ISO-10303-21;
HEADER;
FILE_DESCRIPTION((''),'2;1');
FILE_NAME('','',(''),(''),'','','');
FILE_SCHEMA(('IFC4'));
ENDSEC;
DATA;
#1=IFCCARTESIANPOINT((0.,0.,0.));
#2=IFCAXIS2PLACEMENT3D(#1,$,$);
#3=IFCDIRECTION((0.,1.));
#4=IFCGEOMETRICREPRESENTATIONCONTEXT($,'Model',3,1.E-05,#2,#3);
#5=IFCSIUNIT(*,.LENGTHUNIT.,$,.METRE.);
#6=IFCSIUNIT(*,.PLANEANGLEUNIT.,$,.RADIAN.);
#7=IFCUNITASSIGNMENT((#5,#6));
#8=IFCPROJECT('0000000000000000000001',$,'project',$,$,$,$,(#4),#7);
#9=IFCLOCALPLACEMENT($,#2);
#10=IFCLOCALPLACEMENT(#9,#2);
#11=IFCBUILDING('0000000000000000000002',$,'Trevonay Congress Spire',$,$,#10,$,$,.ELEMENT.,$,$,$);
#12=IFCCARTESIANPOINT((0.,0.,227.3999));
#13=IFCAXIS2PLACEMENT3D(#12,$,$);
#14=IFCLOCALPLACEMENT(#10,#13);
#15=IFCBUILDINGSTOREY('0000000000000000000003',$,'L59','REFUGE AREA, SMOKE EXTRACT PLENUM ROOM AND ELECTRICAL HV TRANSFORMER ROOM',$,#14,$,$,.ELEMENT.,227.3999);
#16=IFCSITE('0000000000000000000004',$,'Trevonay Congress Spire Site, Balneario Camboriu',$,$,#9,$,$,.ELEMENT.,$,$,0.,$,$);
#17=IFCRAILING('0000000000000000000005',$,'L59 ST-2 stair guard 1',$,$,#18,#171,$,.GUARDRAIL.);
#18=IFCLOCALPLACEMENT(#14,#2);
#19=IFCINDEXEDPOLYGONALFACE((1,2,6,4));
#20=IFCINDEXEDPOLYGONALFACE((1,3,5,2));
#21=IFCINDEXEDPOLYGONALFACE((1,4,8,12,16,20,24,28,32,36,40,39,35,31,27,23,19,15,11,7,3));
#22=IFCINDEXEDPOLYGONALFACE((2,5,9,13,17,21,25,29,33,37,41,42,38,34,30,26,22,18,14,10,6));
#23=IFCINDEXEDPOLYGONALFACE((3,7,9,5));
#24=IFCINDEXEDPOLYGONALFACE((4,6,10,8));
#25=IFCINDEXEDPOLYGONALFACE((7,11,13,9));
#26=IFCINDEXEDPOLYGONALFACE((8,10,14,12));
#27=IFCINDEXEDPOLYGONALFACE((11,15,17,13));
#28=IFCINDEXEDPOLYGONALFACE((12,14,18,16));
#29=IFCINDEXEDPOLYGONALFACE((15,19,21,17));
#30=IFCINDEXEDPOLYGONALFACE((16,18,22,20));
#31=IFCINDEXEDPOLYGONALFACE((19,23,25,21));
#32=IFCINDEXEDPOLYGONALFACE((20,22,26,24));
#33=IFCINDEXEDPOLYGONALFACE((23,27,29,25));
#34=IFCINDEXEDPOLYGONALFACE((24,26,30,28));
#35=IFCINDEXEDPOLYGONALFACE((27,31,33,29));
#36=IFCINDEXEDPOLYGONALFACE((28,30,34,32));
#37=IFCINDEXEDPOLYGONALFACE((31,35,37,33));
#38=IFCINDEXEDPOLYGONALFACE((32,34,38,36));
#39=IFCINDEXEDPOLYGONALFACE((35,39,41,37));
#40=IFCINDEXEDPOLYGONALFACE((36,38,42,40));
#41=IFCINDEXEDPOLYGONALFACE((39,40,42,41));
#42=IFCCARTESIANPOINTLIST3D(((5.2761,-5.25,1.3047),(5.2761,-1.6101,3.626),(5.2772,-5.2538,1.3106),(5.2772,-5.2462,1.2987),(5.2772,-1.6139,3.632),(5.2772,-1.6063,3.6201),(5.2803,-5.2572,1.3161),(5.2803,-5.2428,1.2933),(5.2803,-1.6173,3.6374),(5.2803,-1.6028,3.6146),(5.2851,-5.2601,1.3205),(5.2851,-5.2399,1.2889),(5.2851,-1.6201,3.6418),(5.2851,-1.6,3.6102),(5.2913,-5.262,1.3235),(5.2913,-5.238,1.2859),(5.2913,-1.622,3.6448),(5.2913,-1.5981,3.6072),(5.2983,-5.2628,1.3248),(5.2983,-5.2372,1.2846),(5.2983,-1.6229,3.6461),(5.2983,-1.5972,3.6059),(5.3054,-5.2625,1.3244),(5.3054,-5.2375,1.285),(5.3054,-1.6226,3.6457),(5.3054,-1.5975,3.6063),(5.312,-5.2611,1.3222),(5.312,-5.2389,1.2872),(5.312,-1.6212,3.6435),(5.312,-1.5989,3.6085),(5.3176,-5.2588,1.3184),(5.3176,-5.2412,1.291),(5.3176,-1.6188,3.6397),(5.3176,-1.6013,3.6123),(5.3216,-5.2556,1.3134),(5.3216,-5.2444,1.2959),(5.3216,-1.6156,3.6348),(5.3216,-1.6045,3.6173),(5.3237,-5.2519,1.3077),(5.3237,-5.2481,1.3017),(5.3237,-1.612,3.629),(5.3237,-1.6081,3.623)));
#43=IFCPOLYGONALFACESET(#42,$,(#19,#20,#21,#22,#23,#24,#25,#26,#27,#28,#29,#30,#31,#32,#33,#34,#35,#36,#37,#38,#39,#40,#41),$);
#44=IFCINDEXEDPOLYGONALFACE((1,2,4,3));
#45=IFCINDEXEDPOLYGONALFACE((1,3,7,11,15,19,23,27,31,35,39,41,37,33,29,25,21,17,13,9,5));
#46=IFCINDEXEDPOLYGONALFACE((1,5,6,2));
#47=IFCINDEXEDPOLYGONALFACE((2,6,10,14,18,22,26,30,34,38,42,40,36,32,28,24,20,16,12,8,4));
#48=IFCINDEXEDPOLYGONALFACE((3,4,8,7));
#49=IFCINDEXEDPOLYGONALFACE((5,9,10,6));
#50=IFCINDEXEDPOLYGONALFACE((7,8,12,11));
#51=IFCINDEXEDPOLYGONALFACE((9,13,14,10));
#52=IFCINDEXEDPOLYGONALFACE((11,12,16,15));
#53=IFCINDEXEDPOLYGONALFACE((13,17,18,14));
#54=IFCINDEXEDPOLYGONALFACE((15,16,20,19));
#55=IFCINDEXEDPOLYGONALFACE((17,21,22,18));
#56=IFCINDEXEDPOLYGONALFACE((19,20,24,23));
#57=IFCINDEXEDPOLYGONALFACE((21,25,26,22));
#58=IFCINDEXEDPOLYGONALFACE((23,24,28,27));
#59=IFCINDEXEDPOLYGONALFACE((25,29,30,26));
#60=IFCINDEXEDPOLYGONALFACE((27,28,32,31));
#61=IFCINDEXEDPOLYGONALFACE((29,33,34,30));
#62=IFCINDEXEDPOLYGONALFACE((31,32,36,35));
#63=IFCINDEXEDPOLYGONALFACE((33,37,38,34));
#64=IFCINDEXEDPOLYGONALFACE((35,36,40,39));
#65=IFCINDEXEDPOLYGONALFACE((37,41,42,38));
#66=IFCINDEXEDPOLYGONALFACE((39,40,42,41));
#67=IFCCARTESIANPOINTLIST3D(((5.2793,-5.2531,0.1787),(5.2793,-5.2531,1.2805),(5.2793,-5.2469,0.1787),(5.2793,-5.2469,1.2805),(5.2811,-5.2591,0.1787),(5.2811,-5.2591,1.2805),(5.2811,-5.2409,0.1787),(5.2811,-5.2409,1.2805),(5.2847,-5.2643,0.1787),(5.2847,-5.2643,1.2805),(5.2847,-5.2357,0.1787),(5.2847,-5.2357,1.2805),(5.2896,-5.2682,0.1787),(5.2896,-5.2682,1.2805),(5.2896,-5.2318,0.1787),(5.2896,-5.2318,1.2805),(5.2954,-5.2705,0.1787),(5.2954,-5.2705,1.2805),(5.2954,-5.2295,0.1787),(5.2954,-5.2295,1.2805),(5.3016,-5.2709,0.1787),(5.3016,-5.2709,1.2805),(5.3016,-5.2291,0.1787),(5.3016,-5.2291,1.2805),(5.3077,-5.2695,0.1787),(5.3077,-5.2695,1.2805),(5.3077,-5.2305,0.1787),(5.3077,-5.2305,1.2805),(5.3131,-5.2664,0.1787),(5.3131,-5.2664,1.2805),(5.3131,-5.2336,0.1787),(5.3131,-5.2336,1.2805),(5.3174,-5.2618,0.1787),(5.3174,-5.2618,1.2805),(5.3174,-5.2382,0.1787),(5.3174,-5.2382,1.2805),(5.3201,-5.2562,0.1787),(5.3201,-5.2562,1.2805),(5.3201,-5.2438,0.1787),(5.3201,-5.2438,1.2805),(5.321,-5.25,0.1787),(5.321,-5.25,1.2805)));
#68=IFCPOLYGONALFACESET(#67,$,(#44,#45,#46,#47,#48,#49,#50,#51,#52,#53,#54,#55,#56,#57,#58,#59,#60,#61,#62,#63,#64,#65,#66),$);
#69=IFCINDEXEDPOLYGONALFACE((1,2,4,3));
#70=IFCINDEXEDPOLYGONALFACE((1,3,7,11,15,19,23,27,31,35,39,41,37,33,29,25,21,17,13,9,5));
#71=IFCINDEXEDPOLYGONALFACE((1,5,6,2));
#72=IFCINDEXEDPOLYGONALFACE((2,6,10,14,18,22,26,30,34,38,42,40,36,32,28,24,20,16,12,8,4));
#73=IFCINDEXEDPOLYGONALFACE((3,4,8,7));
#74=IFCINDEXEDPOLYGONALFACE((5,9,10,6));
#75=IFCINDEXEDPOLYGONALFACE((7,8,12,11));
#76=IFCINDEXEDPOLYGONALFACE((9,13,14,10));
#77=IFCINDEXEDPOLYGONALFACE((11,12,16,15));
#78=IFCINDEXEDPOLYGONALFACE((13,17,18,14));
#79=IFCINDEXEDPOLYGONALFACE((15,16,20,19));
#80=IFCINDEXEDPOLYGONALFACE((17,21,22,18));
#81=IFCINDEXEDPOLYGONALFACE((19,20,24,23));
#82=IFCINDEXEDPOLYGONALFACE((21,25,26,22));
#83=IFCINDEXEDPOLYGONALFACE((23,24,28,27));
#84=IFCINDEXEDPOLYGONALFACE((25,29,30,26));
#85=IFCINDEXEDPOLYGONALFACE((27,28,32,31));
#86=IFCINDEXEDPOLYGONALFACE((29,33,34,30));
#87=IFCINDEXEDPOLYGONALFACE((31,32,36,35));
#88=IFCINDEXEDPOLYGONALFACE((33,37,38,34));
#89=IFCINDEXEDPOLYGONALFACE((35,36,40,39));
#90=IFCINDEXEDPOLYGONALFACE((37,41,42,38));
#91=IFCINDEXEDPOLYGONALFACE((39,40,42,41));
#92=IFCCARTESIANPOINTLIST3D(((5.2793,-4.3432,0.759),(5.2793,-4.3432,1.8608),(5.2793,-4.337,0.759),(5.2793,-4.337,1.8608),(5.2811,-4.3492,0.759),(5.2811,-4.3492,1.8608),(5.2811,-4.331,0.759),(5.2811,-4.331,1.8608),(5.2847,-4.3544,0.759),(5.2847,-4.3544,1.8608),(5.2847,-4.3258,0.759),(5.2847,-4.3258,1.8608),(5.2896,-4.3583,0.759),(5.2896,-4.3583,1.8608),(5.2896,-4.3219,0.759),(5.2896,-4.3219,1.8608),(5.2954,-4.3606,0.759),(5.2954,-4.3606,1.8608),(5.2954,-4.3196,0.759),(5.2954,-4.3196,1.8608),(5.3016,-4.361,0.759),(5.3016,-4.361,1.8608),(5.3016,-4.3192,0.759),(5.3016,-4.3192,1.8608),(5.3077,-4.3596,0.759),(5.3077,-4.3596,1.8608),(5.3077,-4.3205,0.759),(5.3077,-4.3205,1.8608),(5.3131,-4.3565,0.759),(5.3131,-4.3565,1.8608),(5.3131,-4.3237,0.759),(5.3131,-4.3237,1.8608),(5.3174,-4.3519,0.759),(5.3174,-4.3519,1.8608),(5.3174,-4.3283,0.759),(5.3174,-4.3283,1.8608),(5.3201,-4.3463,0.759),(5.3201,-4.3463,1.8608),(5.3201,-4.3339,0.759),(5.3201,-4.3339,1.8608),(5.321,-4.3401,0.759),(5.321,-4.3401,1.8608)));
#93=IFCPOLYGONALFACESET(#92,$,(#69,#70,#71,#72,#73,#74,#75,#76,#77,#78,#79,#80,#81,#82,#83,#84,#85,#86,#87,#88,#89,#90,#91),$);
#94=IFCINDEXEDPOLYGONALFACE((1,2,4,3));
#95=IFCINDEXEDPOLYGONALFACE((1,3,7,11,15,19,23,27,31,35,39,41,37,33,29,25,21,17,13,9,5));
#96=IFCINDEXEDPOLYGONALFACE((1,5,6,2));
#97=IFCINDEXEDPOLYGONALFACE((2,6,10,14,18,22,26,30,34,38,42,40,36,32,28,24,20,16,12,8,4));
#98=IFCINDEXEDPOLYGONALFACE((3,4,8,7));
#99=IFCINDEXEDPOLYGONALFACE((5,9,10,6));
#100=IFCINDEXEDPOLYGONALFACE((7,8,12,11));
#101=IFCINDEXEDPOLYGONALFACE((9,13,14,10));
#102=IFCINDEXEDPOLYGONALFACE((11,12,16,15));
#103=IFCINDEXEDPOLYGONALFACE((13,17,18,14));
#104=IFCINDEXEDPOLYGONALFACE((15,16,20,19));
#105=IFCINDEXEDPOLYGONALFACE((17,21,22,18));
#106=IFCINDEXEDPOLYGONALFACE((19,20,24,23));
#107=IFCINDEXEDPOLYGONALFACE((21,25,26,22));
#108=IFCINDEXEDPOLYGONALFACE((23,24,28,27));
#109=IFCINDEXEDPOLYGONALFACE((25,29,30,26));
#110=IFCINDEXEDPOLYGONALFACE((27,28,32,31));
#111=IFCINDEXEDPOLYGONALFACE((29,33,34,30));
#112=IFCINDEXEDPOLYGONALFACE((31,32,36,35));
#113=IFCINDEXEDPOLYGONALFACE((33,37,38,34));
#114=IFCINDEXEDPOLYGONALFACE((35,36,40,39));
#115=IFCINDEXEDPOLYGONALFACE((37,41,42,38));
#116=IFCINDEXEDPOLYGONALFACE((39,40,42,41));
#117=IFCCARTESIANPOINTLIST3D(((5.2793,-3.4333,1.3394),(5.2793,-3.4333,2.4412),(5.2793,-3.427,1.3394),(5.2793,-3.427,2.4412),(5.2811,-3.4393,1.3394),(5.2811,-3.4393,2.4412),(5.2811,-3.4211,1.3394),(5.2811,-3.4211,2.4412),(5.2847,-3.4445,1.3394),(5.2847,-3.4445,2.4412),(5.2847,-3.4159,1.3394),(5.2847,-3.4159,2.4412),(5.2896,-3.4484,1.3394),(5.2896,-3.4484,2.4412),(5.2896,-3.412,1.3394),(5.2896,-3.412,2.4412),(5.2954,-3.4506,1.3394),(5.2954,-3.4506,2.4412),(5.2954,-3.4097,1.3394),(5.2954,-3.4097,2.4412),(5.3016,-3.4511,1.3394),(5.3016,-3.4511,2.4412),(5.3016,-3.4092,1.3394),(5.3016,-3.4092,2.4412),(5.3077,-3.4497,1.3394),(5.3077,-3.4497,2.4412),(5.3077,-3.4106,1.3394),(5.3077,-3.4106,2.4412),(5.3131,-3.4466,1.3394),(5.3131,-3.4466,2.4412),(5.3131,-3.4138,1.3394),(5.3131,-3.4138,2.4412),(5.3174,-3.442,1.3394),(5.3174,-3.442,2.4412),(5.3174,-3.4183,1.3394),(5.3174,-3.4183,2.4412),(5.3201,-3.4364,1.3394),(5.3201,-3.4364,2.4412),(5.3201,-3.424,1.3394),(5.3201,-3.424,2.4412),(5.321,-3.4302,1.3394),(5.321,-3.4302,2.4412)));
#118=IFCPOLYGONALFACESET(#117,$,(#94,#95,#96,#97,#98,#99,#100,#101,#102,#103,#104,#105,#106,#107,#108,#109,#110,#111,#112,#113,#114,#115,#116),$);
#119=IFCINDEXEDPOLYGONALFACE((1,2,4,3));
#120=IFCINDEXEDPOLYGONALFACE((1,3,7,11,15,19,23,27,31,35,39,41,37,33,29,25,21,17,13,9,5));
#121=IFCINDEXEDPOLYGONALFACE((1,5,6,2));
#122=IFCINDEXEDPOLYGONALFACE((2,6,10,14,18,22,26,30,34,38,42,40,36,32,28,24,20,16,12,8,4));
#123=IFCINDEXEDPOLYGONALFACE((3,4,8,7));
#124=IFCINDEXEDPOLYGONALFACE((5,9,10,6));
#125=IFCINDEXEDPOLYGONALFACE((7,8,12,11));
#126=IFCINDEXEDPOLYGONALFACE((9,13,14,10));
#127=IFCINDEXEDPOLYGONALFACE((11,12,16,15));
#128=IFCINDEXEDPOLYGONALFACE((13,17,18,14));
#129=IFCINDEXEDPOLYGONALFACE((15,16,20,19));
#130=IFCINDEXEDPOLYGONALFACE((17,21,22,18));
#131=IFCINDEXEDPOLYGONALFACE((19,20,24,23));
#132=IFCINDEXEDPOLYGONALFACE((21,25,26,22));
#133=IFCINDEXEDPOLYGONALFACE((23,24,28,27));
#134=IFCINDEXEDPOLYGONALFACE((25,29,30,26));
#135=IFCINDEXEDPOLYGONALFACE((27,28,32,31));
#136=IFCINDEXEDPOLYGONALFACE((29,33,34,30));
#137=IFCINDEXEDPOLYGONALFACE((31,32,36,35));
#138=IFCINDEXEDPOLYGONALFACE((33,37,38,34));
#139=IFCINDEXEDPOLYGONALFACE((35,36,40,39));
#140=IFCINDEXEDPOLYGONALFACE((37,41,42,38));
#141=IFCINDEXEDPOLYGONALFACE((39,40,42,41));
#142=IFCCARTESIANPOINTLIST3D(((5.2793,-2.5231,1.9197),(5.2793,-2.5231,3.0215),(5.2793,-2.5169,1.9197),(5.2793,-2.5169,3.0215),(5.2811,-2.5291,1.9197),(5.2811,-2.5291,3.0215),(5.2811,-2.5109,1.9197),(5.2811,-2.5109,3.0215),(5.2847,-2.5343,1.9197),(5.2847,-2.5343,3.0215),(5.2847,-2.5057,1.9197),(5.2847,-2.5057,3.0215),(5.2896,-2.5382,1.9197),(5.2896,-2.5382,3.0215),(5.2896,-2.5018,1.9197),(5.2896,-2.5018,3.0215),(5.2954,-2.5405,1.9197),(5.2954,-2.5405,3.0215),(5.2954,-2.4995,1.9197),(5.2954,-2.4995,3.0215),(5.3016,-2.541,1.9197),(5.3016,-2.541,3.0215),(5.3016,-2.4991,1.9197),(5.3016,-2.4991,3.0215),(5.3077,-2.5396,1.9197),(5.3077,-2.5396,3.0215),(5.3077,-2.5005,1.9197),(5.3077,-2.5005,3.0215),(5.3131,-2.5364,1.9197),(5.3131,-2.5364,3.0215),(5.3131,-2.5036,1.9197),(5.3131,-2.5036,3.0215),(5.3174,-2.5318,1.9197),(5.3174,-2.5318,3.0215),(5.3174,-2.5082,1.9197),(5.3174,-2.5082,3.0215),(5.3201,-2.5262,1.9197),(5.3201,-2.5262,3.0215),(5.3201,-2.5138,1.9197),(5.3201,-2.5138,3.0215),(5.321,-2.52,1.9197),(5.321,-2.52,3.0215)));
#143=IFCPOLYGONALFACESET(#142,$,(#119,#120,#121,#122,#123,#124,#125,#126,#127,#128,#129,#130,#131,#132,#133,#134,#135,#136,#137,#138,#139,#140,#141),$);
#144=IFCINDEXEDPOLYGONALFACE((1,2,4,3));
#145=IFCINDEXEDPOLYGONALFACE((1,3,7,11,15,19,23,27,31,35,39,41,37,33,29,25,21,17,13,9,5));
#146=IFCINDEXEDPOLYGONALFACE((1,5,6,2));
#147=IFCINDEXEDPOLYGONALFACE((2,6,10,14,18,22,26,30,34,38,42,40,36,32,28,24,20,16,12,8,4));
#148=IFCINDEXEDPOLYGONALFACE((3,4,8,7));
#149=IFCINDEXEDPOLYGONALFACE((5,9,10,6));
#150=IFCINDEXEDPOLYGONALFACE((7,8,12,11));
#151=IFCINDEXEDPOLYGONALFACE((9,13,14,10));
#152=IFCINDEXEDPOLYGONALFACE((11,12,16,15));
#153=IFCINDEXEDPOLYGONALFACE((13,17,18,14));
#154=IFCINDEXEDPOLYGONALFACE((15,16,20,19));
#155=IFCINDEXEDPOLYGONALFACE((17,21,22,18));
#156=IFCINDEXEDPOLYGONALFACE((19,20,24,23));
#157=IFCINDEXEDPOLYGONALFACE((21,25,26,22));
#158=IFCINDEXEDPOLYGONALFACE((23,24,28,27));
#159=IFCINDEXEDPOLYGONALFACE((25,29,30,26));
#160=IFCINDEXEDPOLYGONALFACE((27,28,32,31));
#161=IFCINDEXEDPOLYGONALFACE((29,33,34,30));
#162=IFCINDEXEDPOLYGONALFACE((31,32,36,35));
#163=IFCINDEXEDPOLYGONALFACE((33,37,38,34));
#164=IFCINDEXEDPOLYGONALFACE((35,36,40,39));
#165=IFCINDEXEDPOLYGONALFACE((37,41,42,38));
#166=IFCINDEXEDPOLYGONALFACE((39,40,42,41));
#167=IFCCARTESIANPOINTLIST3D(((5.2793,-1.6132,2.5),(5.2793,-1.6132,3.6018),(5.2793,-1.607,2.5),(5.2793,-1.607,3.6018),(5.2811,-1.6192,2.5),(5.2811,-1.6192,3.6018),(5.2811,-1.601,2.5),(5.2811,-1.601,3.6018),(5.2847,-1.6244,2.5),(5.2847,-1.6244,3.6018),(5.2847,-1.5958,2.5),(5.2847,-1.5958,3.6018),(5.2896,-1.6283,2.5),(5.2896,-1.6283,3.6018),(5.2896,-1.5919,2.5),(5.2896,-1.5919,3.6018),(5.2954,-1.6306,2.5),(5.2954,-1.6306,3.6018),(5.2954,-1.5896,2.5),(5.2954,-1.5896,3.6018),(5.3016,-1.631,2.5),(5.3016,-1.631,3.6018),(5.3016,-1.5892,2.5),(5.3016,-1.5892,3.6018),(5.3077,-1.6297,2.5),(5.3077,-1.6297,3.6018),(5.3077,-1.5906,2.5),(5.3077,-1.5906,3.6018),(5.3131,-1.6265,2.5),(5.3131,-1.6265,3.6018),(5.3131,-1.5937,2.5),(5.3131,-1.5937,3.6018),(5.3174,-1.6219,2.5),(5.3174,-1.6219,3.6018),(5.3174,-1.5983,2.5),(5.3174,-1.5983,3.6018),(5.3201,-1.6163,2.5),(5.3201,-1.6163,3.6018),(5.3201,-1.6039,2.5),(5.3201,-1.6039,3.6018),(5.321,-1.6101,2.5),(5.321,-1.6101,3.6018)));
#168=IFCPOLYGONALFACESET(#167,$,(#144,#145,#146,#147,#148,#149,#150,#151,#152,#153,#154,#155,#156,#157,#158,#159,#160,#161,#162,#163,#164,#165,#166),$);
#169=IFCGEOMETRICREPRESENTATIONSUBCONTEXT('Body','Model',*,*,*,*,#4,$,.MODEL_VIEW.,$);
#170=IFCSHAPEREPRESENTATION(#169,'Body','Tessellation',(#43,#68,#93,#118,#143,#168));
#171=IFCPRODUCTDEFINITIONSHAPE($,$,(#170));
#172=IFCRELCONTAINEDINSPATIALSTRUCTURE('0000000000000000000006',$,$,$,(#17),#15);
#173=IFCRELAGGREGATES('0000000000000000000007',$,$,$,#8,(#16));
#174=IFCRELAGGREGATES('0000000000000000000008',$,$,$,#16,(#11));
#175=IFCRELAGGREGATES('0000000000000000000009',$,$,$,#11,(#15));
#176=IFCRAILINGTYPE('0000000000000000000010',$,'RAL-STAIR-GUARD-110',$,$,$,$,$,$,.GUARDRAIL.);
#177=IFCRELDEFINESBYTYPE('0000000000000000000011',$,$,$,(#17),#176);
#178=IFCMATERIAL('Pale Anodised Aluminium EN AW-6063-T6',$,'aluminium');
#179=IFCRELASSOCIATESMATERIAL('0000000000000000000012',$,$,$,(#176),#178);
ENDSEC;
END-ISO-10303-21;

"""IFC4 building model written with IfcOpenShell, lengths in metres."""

from ifc_helpers import new_model, si_unit, direction, frame, origin, origin_2d, place, context, subcontext, project, spatial, circle, extrude, material, type_object, element, save


model = new_model("IFC4")

# Units and contexts
model_context = context("Model", 3, precision=1e-05, world=origin(), true_north=direction((0.0, 1.0)))
body_context = subcontext(model_context, "Body", "Model", "MODEL_VIEW")
ifc_project = project(units=[si_unit("LENGTHUNIT", "METRE"), si_unit("PLANEANGLEUNIT", "RADIAN")], contexts=[model_context])

# Site, building, storey
site_placement = place(None, origin())
site = spatial("IfcSite", under=ifc_project, at=site_placement, Name="Trevonay Congress Spire Site, Balneario Camboriu", CompositionType="ELEMENT", RefElevation=0.0)
building_placement = place(site_placement, origin())
building = spatial("IfcBuilding", under=site, at=building_placement, Name="Trevonay Congress Spire", CompositionType="ELEMENT")
storey_placement = place(building_placement, frame((0.0, 0.0, 227.3999)))
storey = spatial("IfcBuildingStorey", under=building, at=storey_placement, Name="L59", Description="REFUGE AREA, SMOKE EXTRACT PLENUM ROOM AND ELECTRICAL HV TRANSFORMER ROOM", CompositionType="ELEMENT", Elevation=227.3999)

# Shared definitions
ifc_material_1 = material(Name="Pale Anodised Aluminium EN AW-6063-T6", Category="aluminium")

# Railing
railing_type_1 = type_object("IfcRailingType", Name="RAL-STAIR-GUARD-110", PredefinedType="GUARDRAIL", material=ifc_material_1)
railing_1_placement = place(storey_placement, frame((5.3, -5.25, 0.1787)))
element("IfcRailing", 1, at=railing_1_placement, inside=storey, type_object=railing_type_1, Name="L59 ST-2 stair guard 1", PredefinedType="GUARDRAIL", context=body_context, shape_type="SweptSolid", body=[
    extrude(circle(Radius=0.0239, at=origin_2d()), frame((0.0, 0.0, 1.126), z_axis=(0.0, 0.843137, 0.537699), x_axis=(-1.0, 0.0, 0.0)), (0.0, 0.0, 1.0), 4.3171),
    extrude(circle(Radius=0.021, at=origin_2d()), origin(), (0.0, 0.0, 1.0), 1.1018),
    extrude(circle(Radius=0.021, at=origin_2d()), frame((0.0, 0.9099, 0.5803)), (0.0, 0.0, 1.0), 1.1018),
    extrude(circle(Radius=0.021, at=origin_2d()), frame((0.0, 1.8198, 1.1606)), (0.0, 0.0, 1.0), 1.1018),
    extrude(circle(Radius=0.021, at=origin_2d()), frame((0.0, 2.73, 1.741)), (0.0, 0.0, 1.0), 1.1018),
    extrude(circle(Radius=0.021, at=origin_2d()), frame((0.0, 3.6399, 2.3213)), (0.0, 0.0, 1.0), 1.1018),
])

save(model, "model.ifc")
